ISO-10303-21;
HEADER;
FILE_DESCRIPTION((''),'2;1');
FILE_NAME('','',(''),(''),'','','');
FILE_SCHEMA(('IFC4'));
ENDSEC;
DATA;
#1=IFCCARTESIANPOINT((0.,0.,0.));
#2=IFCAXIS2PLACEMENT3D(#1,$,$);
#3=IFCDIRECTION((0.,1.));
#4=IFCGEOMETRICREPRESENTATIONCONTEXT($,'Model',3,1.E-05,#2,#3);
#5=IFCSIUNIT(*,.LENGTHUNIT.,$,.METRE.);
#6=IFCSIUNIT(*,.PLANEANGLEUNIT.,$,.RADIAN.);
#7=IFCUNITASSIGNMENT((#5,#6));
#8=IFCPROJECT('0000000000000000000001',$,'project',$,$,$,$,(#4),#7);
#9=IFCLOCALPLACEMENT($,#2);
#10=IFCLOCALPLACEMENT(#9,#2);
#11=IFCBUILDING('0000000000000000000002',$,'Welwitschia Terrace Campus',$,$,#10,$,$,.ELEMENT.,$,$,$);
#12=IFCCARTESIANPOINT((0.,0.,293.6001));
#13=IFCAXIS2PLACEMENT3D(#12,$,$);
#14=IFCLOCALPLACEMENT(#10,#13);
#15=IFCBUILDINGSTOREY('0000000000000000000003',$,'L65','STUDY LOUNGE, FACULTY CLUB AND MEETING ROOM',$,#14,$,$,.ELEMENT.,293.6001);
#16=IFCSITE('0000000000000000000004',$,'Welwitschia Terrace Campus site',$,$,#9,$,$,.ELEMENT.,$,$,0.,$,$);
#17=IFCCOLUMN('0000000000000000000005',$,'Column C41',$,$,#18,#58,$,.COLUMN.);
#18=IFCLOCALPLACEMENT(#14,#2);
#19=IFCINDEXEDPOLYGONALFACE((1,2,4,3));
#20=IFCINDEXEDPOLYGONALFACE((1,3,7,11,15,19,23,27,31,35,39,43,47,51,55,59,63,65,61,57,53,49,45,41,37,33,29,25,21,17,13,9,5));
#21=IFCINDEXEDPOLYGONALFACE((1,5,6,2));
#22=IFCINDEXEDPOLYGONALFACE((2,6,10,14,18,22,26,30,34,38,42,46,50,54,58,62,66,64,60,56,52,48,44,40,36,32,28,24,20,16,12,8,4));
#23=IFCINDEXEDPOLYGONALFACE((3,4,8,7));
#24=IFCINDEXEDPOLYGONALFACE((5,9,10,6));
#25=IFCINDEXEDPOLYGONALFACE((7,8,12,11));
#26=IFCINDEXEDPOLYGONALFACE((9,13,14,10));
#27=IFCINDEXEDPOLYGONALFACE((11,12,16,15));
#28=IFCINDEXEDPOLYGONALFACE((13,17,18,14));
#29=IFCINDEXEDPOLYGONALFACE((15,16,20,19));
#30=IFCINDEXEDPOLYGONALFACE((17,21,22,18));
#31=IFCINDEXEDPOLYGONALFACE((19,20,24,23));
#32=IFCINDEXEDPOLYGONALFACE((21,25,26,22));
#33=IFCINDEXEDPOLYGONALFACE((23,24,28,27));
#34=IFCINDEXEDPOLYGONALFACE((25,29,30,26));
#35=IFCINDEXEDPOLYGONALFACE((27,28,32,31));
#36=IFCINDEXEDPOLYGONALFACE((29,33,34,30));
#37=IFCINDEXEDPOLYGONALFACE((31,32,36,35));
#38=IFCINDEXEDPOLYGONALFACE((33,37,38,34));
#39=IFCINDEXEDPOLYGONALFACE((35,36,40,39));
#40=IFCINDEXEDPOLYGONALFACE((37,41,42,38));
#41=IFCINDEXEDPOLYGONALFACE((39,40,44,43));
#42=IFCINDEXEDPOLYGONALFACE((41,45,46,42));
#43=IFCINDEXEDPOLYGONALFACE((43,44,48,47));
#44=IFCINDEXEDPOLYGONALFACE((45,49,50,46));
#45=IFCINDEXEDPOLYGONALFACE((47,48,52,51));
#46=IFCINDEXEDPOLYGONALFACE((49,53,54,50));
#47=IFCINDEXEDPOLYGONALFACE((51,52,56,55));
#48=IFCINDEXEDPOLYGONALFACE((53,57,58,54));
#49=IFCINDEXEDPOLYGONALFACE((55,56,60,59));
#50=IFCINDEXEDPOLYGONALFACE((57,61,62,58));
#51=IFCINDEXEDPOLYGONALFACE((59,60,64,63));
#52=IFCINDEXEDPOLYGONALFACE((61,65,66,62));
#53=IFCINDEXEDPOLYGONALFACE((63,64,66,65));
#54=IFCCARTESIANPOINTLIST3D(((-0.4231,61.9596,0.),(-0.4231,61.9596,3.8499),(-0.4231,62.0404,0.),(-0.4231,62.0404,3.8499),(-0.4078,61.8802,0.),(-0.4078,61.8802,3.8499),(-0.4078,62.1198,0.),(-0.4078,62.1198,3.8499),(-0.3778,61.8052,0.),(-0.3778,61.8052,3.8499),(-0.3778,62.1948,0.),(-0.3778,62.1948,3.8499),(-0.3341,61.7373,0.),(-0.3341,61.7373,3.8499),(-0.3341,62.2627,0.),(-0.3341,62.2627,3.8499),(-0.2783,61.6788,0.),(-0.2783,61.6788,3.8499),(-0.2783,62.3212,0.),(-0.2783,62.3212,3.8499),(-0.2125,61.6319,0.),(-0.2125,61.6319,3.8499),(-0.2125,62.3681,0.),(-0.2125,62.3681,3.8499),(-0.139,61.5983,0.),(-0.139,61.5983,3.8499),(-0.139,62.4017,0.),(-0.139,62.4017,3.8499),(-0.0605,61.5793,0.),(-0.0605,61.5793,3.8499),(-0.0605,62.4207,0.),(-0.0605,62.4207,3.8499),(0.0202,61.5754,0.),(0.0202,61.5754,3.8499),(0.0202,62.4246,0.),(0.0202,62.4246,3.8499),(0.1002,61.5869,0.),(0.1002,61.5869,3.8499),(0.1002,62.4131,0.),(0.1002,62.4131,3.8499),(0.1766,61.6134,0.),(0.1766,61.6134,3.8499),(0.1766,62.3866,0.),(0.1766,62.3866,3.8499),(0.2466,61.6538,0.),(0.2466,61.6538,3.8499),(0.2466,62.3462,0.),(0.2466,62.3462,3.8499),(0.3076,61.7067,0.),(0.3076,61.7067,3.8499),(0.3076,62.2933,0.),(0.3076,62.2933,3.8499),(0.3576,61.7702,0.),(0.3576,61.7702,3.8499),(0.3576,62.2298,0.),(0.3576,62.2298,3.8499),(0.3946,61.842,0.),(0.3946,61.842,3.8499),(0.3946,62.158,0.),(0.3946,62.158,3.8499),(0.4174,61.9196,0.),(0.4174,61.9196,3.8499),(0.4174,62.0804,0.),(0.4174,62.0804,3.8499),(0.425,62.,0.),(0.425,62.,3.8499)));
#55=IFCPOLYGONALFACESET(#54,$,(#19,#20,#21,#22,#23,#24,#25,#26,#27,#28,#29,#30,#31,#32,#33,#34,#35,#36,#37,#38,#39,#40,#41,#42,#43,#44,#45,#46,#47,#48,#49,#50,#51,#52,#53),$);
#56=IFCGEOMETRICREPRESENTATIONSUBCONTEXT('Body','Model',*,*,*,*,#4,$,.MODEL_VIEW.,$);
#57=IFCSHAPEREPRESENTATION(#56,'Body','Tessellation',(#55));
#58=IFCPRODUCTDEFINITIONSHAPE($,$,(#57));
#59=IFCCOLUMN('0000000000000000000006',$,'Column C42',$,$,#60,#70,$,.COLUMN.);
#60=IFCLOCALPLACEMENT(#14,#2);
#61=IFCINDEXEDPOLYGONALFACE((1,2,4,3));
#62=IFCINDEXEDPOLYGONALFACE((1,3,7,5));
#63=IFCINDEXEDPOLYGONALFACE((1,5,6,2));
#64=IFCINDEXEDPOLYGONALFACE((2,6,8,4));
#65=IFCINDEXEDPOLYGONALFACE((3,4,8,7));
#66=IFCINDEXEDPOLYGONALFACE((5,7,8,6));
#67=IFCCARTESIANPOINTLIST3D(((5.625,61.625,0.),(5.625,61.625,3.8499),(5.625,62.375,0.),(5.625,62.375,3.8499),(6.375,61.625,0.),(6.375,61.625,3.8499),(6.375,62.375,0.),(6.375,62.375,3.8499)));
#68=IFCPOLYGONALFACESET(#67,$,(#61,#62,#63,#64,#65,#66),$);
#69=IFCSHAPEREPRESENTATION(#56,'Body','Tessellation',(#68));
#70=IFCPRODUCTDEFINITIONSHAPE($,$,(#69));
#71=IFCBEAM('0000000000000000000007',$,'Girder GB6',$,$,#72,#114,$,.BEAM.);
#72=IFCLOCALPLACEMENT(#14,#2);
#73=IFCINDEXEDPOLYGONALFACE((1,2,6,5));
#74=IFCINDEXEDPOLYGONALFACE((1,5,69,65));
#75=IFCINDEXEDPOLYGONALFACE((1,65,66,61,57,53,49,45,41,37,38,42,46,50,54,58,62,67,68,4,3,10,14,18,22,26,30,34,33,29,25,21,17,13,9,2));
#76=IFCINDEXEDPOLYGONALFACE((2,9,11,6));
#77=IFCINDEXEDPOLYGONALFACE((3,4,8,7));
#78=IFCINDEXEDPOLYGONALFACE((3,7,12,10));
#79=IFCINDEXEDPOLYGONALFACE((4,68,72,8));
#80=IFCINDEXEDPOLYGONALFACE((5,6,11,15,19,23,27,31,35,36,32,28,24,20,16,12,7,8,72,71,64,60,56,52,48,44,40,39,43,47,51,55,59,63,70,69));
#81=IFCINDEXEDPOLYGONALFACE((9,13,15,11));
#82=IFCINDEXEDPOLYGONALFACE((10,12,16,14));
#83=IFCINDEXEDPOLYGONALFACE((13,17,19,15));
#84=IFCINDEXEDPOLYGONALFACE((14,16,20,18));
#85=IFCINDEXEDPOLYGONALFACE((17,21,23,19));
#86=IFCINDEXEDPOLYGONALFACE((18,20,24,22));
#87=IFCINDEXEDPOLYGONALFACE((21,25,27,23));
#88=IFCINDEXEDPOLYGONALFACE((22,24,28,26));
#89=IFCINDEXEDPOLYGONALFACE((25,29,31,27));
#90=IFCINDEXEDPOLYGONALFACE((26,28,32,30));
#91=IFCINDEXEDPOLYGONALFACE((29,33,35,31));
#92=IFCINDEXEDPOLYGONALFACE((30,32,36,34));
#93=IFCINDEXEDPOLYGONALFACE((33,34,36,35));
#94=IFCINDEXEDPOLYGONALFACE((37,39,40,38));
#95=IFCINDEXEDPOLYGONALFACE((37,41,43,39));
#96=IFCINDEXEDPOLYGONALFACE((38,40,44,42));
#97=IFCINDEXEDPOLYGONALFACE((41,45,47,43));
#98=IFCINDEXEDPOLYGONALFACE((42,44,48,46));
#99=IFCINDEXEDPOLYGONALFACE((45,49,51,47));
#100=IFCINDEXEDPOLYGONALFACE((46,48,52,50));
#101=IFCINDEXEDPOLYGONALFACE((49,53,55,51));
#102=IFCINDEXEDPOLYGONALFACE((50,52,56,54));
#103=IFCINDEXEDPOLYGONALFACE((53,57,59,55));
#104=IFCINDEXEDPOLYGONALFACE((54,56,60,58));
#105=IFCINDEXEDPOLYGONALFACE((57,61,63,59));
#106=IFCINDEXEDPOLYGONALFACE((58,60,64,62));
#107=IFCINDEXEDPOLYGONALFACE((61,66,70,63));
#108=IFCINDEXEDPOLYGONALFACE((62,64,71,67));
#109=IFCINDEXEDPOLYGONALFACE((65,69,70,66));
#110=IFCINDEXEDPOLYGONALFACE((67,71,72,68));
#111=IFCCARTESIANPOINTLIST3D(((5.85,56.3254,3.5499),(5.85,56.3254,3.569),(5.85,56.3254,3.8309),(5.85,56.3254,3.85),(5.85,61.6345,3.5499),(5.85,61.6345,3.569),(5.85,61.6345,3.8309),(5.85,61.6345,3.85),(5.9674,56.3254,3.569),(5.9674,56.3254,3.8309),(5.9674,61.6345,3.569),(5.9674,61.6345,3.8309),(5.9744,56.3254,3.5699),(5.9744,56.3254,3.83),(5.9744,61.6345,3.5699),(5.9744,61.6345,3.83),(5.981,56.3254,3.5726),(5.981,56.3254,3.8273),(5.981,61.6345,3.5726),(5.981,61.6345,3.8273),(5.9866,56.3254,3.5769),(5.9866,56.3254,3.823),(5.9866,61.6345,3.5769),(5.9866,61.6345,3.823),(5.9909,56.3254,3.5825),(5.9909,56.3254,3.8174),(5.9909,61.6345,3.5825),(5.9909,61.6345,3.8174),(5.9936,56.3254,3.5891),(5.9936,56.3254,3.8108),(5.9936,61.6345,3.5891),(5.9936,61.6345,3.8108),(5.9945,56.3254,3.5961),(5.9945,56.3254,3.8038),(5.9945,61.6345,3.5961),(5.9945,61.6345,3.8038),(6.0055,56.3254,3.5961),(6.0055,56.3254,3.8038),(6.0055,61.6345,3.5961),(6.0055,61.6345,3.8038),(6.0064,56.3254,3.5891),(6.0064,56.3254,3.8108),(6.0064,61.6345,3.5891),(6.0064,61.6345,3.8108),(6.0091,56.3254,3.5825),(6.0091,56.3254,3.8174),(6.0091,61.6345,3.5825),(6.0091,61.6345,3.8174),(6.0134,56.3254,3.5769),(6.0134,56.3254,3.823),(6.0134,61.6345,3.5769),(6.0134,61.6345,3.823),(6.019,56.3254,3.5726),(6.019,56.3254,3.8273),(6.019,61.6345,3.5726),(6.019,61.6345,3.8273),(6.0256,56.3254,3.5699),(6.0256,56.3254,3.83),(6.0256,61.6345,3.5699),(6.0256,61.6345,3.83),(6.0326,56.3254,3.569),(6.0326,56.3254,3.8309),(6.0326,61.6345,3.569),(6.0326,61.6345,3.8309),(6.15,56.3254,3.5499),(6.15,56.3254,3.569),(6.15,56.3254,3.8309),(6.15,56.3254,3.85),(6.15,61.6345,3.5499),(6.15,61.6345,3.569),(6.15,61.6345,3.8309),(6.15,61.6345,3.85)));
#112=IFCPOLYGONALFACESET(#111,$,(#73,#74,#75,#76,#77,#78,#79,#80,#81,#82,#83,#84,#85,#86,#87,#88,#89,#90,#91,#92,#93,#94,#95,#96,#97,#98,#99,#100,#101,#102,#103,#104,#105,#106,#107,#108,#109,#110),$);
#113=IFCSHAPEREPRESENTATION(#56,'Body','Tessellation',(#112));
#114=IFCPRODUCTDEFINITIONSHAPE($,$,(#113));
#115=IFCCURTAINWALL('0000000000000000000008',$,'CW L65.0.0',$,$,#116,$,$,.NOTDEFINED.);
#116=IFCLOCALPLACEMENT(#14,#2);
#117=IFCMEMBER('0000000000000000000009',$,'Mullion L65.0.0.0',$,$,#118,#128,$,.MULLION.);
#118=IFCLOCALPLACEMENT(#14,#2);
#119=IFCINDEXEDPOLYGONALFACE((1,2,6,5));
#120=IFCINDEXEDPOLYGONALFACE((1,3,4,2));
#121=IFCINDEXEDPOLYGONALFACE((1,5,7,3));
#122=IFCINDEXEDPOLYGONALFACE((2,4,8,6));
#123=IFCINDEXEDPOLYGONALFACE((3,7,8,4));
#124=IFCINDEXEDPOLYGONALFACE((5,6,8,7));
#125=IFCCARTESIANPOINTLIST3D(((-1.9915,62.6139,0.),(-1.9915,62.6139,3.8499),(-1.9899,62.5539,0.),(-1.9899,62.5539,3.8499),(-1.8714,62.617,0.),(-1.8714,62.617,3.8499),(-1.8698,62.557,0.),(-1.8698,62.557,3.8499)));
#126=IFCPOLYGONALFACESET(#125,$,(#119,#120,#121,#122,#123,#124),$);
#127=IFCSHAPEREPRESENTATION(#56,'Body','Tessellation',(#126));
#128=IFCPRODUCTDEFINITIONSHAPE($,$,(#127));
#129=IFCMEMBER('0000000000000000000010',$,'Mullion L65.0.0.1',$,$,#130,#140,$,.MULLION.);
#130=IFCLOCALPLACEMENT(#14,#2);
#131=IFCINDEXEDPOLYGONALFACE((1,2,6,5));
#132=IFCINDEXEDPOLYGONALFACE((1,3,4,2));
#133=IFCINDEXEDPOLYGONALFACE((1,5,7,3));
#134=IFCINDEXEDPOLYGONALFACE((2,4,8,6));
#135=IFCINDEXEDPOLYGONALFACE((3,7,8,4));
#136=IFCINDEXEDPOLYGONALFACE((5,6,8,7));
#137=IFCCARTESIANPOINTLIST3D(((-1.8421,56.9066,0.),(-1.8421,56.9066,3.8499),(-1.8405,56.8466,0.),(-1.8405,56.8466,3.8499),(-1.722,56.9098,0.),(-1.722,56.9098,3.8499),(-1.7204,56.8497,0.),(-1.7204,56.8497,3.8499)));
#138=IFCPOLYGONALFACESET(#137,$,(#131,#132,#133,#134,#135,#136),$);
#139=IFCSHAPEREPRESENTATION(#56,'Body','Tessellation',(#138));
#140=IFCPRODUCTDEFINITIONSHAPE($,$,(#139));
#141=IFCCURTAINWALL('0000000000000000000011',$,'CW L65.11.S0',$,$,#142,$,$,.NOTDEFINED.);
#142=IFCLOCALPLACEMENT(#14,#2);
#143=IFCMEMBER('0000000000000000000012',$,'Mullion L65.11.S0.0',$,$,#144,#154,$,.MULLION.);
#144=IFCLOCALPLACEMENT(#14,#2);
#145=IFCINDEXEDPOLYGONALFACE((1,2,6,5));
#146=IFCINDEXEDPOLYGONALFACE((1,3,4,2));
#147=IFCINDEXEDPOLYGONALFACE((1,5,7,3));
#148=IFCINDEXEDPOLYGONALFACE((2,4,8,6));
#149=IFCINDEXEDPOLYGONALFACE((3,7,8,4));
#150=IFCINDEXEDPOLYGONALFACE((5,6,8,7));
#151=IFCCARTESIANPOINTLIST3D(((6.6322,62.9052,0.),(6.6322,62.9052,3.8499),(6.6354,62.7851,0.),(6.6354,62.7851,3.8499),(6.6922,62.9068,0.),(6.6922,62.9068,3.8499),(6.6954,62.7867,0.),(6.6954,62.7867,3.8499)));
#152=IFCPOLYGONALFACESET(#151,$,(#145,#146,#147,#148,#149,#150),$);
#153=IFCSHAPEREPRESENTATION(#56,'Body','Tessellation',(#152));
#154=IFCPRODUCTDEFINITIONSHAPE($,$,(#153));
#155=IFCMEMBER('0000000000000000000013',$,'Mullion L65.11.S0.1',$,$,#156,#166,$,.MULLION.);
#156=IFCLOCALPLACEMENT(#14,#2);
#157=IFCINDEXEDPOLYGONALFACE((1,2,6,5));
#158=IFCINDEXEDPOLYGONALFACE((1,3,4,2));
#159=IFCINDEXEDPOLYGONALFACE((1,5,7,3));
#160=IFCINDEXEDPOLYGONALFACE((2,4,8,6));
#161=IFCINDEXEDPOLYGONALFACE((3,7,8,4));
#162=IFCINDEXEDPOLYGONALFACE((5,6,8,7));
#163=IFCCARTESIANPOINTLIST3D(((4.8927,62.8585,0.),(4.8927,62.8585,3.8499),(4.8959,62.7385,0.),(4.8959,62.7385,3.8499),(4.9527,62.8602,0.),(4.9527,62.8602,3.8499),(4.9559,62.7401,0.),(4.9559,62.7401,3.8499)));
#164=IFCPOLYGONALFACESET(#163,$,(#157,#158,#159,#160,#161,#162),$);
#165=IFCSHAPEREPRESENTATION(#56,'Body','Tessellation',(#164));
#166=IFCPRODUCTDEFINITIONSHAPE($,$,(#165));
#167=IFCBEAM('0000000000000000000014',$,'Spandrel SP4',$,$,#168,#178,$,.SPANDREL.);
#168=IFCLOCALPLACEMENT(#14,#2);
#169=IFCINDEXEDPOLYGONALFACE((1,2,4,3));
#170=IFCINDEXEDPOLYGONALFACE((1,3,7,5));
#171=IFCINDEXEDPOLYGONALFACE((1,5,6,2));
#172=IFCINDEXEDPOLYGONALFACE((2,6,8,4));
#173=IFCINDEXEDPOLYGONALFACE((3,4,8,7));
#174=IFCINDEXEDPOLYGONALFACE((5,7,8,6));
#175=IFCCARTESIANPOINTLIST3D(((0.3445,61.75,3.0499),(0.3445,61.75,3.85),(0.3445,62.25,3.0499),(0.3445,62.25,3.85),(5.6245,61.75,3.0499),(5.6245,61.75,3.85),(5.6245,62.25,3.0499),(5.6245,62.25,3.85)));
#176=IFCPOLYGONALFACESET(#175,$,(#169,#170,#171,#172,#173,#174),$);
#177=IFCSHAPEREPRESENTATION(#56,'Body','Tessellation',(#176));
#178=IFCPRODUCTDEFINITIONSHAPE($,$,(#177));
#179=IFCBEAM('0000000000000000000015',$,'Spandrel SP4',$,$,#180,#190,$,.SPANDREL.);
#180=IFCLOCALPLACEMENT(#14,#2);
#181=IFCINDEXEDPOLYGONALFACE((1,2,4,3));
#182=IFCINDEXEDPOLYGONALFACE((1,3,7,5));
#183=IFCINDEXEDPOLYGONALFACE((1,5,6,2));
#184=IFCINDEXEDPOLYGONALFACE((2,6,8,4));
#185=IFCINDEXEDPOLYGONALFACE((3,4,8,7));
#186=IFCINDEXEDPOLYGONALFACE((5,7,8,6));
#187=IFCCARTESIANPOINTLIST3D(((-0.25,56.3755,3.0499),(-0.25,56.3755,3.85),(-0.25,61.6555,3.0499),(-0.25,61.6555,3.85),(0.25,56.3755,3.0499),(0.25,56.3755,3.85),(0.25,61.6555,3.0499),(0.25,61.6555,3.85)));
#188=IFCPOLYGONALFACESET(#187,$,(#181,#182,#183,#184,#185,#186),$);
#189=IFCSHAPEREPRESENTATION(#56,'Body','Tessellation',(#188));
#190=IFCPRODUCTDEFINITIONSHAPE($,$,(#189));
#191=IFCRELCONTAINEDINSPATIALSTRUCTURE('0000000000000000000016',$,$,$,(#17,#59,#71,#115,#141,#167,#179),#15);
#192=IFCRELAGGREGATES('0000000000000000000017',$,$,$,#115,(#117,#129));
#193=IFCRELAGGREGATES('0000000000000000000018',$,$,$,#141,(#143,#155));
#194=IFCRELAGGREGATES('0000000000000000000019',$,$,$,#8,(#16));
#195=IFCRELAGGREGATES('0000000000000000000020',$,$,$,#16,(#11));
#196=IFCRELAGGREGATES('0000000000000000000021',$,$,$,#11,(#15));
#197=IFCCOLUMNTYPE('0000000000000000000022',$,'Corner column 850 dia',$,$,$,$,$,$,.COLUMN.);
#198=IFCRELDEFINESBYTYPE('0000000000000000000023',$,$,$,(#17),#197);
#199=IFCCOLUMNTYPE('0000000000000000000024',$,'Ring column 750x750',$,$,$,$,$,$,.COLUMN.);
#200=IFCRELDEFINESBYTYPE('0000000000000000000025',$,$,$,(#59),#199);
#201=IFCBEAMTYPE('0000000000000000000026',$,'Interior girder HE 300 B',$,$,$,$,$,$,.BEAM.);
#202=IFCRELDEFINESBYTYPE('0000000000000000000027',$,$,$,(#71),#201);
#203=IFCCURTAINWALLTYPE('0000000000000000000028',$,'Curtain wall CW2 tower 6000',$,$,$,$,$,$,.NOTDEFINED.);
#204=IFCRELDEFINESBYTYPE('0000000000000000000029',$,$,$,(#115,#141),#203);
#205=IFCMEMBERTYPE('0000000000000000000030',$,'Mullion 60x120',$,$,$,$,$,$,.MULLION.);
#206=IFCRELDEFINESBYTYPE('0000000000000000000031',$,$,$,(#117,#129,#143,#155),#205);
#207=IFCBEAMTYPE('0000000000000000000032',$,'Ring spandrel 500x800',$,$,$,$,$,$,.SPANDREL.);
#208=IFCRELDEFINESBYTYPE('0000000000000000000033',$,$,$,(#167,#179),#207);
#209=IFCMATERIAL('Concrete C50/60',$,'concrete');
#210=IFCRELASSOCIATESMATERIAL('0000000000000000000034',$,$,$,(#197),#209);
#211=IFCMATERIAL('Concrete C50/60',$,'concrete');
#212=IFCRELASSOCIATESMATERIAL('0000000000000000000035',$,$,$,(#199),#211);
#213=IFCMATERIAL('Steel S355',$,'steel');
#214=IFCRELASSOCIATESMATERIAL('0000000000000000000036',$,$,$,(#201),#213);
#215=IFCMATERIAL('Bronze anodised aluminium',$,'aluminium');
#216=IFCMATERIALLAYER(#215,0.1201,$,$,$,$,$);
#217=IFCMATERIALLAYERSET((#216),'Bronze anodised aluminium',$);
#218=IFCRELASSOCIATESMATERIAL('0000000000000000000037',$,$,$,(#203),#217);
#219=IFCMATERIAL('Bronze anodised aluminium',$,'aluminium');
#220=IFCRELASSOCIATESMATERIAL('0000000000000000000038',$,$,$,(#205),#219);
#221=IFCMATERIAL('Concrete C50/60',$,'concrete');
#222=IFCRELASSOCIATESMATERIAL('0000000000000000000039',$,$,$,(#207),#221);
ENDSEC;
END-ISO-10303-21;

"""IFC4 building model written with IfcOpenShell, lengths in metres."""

from ifc_helpers import new_model, si_unit, direction, frame, origin, origin_2d, place, context, subcontext, project, spatial, rectangle, circle, i_section, extrude, material, layer, layer_set, material_profile, profile_set, type_object, element, aggregate, save


model = new_model("IFC4")

# Units and contexts
model_context = context("Model", 3, precision=1e-05, world=origin(), true_north=direction((0.0, 1.0)))
body_context = subcontext(model_context, "Body", "Model", "MODEL_VIEW")
ifc_project = project(units=[si_unit("LENGTHUNIT", "METRE"), si_unit("PLANEANGLEUNIT", "RADIAN")], contexts=[model_context])

# Site, building, storey
site_placement = place(None, origin())
site = spatial("IfcSite", under=ifc_project, at=site_placement, Name="Welwitschia Terrace Campus site", CompositionType="ELEMENT", RefElevation=0.0)
building_placement = place(site_placement, origin())
building = spatial("IfcBuilding", under=site, at=building_placement, Name="Welwitschia Terrace Campus", CompositionType="ELEMENT")
storey_placement = place(building_placement, frame((0.0, 0.0, 293.6001)))
storey = spatial("IfcBuildingStorey", under=building, at=storey_placement, Name="L65", Description="STUDY LOUNGE, FACULTY CLUB AND MEETING ROOM", CompositionType="ELEMENT", Elevation=293.6001)

# Columns
ifc_material_1 = material(Name="Concrete C50/60", Category="concrete")
ifc_material_profile_1 = material_profile(ifc_material_1, circle(Radius=0.425, at=origin_2d()))
ifc_profile_set_1 = profile_set([ifc_material_profile_1], Name="Concrete C50/60")
column_type_1 = type_object("IfcColumnType", Name="Corner column 850 dia", PredefinedType="COLUMN", material=ifc_profile_set_1)
column_1_placement = place(storey_placement, frame((0.0, 62.0, 0.0), z_axis=(0.0, 0.0, 1.0), x_axis=(1.0, 0.0, 0.0)))
element("IfcColumn", 1, at=column_1_placement, inside=storey, type_object=column_type_1, Name="Column C41", PredefinedType="COLUMN", context=body_context, shape_type="SweptSolid", body=[
    extrude(circle(Radius=0.425, at=origin_2d()), origin(), (0.0, 0.0, 1.0), 3.8499),
])
ifc_material_2 = material(Name="Concrete C50/60", Category="concrete")
ifc_material_profile_2 = material_profile(ifc_material_2, rectangle(XDim=0.75, YDim=0.75, at=origin_2d()))
ifc_profile_set_2 = profile_set([ifc_material_profile_2], Name="Concrete C50/60")
column_type_2 = type_object("IfcColumnType", Name="Ring column 750x750", PredefinedType="COLUMN", material=ifc_profile_set_2)
column_2_placement = place(storey_placement, frame((6.0, 62.0, 0.0), z_axis=(0.0, 0.0, 1.0), x_axis=(1.0, 0.0, 0.0)))
element("IfcColumn", 2, at=column_2_placement, inside=storey, type_object=column_type_2, Name="Column C42", PredefinedType="COLUMN", context=body_context, shape_type="SweptSolid", body=[
    extrude(rectangle(XDim=0.75, YDim=0.75, at=origin_2d()), origin(), (0.0, 0.0, 1.0), 3.8499),
])

# Beam
ifc_material_3 = material(Name="Steel S355", Category="steel")
ifc_material_profile_3 = material_profile(ifc_material_3, i_section(OverallWidth=0.3, OverallDepth=0.3, WebThickness=0.011, FlangeThickness=0.019, FilletRadius=0.0271, at=origin_2d()))
ifc_profile_set_3 = profile_set([ifc_material_profile_3], Name="Steel S355")
beam_type_1 = type_object("IfcBeamType", Name="Interior girder HE 300 B", PredefinedType="BEAM", material=ifc_profile_set_3)
beam_placement = place(storey_placement, frame((6.0, 56.3254, 3.7), z_axis=(0.0, 1.0, 0.0), x_axis=(-1.0, 0.0, 0.0)))
element("IfcBeam", 3, at=beam_placement, inside=storey, type_object=beam_type_1, Name="Girder GB6", PredefinedType="BEAM", context=body_context, shape_type="SweptSolid", body=[
    extrude(i_section(OverallWidth=0.3, OverallDepth=0.3, WebThickness=0.011, FlangeThickness=0.019, FilletRadius=0.0271, at=origin_2d()), origin(), (0.0, 0.0, 1.0), 5.3091),
])

# Curtain walls, members
ifc_material_4 = material(Name="Bronze anodised aluminium", Category="aluminium")
ifc_layer_1 = layer(ifc_material_4, 0.1201)
ifc_layer_set_1 = layer_set([ifc_layer_1], Name="Bronze anodised aluminium")
curtain_wall_type = type_object("IfcCurtainWallType", Name="Curtain wall CW2 tower 6000", PredefinedType="NOTDEFINED", material=ifc_layer_set_1)
curtain_wall_1_placement = place(storey_placement, origin())
curtain_wall_1 = element("IfcCurtainWall", 4, at=curtain_wall_1_placement, inside=storey, type_object=curtain_wall_type, Name="CW L65.0.0", PredefinedType="NOTDEFINED")
ifc_material_5 = material(Name="Bronze anodised aluminium", Category="aluminium")
ifc_material_profile_4 = material_profile(ifc_material_5, rectangle(XDim=0.1201, YDim=0.0601, at=origin_2d()))
ifc_profile_set_4 = profile_set([ifc_material_profile_4], Name="Bronze anodised aluminium")
member_type_1 = type_object("IfcMemberType", Name="Mullion 60x120", PredefinedType="MULLION", material=ifc_profile_set_4)
member_1_placement = place(storey_placement, frame((-1.9307, 62.5854, 0.0), z_axis=(0.0, 0.0, 1.0), x_axis=(0.999657, 0.026177, 0.0)))
member_1 = element("IfcMember", 5, at=member_1_placement, type_object=member_type_1, Name="Mullion L65.0.0.0", PredefinedType="MULLION", context=body_context, shape_type="SweptSolid", body=[
    extrude(rectangle(XDim=0.1201, YDim=0.0601, at=origin_2d()), origin(), (0.0, 0.0, 1.0), 3.8499),
])
member_2_placement = place(storey_placement, frame((-1.7812, 56.8782, 0.0), z_axis=(0.0, 0.0, 1.0), x_axis=(0.999657, 0.026177, 0.0)))
member_2 = element("IfcMember", 6, at=member_2_placement, type_object=member_type_1, Name="Mullion L65.0.0.1", PredefinedType="MULLION", context=body_context, shape_type="SweptSolid", body=[
    extrude(rectangle(XDim=0.1201, YDim=0.0601, at=origin_2d()), origin(), (0.0, 0.0, 1.0), 3.8499),
])
curtain_wall_2_placement = place(storey_placement, origin())
curtain_wall_2 = element("IfcCurtainWall", 7, at=curtain_wall_2_placement, inside=storey, type_object=curtain_wall_type, Name="CW L65.11.S0", PredefinedType="NOTDEFINED")
member_3_placement = place(storey_placement, frame((6.6638, 62.8459, 0.0), z_axis=(0.0, 0.0, 1.0), x_axis=(0.026824, -0.99964, 0.0)))
member_3 = element("IfcMember", 8, at=member_3_placement, type_object=member_type_1, Name="Mullion L65.11.S0.0", PredefinedType="MULLION", context=body_context, shape_type="SweptSolid", body=[
    extrude(rectangle(XDim=0.1201, YDim=0.0601, at=origin_2d()), origin(), (0.0, 0.0, 1.0), 3.8499),
])
member_4_placement = place(storey_placement, frame((4.9243, 62.7993, 0.0), z_axis=(0.0, 0.0, 1.0), x_axis=(0.026824, -0.99964, 0.0)))
member_4 = element("IfcMember", 9, at=member_4_placement, type_object=member_type_1, Name="Mullion L65.11.S0.1", PredefinedType="MULLION", context=body_context, shape_type="SweptSolid", body=[
    extrude(rectangle(XDim=0.1201, YDim=0.0601, at=origin_2d()), origin(), (0.0, 0.0, 1.0), 3.8499),
])

# Beams
ifc_material_6 = material(Name="Concrete C50/60", Category="concrete")
ifc_material_profile_5 = material_profile(ifc_material_6, rectangle(XDim=0.5, YDim=0.8, at=origin_2d()))
ifc_profile_set_5 = profile_set([ifc_material_profile_5], Name="Concrete C50/60")
beam_type_2 = type_object("IfcBeamType", Name="Ring spandrel 500x800", PredefinedType="SPANDREL", material=ifc_profile_set_5)
for number, where, z_axis, x_axis, name in (
    (10, (5.6245, 62.0, 3.45), (-1.0, 0.0, 0.0), (0.0, -1.0, 0.0), "Spandrel SP4"),
    (11, (0.0, 61.6555, 3.45), (0.0, -1.0, 0.0), (1.0, 0.0, 0.0), "Spandrel SP4"),
):
    element("IfcBeam", number, at=place(storey_placement, frame(where, z_axis=z_axis, x_axis=x_axis)), inside=storey, type_object=beam_type_2, Name=name, PredefinedType="SPANDREL", context=body_context, shape_type="SweptSolid", body=[
        extrude(rectangle(XDim=0.5, YDim=0.8, at=origin_2d()), origin(), (0.0, 0.0, 1.0), 5.28),
    ])

aggregate(curtain_wall_1, [member_1, member_2])
aggregate(curtain_wall_2, [member_3, member_4])

save(model, "model.ifc")
